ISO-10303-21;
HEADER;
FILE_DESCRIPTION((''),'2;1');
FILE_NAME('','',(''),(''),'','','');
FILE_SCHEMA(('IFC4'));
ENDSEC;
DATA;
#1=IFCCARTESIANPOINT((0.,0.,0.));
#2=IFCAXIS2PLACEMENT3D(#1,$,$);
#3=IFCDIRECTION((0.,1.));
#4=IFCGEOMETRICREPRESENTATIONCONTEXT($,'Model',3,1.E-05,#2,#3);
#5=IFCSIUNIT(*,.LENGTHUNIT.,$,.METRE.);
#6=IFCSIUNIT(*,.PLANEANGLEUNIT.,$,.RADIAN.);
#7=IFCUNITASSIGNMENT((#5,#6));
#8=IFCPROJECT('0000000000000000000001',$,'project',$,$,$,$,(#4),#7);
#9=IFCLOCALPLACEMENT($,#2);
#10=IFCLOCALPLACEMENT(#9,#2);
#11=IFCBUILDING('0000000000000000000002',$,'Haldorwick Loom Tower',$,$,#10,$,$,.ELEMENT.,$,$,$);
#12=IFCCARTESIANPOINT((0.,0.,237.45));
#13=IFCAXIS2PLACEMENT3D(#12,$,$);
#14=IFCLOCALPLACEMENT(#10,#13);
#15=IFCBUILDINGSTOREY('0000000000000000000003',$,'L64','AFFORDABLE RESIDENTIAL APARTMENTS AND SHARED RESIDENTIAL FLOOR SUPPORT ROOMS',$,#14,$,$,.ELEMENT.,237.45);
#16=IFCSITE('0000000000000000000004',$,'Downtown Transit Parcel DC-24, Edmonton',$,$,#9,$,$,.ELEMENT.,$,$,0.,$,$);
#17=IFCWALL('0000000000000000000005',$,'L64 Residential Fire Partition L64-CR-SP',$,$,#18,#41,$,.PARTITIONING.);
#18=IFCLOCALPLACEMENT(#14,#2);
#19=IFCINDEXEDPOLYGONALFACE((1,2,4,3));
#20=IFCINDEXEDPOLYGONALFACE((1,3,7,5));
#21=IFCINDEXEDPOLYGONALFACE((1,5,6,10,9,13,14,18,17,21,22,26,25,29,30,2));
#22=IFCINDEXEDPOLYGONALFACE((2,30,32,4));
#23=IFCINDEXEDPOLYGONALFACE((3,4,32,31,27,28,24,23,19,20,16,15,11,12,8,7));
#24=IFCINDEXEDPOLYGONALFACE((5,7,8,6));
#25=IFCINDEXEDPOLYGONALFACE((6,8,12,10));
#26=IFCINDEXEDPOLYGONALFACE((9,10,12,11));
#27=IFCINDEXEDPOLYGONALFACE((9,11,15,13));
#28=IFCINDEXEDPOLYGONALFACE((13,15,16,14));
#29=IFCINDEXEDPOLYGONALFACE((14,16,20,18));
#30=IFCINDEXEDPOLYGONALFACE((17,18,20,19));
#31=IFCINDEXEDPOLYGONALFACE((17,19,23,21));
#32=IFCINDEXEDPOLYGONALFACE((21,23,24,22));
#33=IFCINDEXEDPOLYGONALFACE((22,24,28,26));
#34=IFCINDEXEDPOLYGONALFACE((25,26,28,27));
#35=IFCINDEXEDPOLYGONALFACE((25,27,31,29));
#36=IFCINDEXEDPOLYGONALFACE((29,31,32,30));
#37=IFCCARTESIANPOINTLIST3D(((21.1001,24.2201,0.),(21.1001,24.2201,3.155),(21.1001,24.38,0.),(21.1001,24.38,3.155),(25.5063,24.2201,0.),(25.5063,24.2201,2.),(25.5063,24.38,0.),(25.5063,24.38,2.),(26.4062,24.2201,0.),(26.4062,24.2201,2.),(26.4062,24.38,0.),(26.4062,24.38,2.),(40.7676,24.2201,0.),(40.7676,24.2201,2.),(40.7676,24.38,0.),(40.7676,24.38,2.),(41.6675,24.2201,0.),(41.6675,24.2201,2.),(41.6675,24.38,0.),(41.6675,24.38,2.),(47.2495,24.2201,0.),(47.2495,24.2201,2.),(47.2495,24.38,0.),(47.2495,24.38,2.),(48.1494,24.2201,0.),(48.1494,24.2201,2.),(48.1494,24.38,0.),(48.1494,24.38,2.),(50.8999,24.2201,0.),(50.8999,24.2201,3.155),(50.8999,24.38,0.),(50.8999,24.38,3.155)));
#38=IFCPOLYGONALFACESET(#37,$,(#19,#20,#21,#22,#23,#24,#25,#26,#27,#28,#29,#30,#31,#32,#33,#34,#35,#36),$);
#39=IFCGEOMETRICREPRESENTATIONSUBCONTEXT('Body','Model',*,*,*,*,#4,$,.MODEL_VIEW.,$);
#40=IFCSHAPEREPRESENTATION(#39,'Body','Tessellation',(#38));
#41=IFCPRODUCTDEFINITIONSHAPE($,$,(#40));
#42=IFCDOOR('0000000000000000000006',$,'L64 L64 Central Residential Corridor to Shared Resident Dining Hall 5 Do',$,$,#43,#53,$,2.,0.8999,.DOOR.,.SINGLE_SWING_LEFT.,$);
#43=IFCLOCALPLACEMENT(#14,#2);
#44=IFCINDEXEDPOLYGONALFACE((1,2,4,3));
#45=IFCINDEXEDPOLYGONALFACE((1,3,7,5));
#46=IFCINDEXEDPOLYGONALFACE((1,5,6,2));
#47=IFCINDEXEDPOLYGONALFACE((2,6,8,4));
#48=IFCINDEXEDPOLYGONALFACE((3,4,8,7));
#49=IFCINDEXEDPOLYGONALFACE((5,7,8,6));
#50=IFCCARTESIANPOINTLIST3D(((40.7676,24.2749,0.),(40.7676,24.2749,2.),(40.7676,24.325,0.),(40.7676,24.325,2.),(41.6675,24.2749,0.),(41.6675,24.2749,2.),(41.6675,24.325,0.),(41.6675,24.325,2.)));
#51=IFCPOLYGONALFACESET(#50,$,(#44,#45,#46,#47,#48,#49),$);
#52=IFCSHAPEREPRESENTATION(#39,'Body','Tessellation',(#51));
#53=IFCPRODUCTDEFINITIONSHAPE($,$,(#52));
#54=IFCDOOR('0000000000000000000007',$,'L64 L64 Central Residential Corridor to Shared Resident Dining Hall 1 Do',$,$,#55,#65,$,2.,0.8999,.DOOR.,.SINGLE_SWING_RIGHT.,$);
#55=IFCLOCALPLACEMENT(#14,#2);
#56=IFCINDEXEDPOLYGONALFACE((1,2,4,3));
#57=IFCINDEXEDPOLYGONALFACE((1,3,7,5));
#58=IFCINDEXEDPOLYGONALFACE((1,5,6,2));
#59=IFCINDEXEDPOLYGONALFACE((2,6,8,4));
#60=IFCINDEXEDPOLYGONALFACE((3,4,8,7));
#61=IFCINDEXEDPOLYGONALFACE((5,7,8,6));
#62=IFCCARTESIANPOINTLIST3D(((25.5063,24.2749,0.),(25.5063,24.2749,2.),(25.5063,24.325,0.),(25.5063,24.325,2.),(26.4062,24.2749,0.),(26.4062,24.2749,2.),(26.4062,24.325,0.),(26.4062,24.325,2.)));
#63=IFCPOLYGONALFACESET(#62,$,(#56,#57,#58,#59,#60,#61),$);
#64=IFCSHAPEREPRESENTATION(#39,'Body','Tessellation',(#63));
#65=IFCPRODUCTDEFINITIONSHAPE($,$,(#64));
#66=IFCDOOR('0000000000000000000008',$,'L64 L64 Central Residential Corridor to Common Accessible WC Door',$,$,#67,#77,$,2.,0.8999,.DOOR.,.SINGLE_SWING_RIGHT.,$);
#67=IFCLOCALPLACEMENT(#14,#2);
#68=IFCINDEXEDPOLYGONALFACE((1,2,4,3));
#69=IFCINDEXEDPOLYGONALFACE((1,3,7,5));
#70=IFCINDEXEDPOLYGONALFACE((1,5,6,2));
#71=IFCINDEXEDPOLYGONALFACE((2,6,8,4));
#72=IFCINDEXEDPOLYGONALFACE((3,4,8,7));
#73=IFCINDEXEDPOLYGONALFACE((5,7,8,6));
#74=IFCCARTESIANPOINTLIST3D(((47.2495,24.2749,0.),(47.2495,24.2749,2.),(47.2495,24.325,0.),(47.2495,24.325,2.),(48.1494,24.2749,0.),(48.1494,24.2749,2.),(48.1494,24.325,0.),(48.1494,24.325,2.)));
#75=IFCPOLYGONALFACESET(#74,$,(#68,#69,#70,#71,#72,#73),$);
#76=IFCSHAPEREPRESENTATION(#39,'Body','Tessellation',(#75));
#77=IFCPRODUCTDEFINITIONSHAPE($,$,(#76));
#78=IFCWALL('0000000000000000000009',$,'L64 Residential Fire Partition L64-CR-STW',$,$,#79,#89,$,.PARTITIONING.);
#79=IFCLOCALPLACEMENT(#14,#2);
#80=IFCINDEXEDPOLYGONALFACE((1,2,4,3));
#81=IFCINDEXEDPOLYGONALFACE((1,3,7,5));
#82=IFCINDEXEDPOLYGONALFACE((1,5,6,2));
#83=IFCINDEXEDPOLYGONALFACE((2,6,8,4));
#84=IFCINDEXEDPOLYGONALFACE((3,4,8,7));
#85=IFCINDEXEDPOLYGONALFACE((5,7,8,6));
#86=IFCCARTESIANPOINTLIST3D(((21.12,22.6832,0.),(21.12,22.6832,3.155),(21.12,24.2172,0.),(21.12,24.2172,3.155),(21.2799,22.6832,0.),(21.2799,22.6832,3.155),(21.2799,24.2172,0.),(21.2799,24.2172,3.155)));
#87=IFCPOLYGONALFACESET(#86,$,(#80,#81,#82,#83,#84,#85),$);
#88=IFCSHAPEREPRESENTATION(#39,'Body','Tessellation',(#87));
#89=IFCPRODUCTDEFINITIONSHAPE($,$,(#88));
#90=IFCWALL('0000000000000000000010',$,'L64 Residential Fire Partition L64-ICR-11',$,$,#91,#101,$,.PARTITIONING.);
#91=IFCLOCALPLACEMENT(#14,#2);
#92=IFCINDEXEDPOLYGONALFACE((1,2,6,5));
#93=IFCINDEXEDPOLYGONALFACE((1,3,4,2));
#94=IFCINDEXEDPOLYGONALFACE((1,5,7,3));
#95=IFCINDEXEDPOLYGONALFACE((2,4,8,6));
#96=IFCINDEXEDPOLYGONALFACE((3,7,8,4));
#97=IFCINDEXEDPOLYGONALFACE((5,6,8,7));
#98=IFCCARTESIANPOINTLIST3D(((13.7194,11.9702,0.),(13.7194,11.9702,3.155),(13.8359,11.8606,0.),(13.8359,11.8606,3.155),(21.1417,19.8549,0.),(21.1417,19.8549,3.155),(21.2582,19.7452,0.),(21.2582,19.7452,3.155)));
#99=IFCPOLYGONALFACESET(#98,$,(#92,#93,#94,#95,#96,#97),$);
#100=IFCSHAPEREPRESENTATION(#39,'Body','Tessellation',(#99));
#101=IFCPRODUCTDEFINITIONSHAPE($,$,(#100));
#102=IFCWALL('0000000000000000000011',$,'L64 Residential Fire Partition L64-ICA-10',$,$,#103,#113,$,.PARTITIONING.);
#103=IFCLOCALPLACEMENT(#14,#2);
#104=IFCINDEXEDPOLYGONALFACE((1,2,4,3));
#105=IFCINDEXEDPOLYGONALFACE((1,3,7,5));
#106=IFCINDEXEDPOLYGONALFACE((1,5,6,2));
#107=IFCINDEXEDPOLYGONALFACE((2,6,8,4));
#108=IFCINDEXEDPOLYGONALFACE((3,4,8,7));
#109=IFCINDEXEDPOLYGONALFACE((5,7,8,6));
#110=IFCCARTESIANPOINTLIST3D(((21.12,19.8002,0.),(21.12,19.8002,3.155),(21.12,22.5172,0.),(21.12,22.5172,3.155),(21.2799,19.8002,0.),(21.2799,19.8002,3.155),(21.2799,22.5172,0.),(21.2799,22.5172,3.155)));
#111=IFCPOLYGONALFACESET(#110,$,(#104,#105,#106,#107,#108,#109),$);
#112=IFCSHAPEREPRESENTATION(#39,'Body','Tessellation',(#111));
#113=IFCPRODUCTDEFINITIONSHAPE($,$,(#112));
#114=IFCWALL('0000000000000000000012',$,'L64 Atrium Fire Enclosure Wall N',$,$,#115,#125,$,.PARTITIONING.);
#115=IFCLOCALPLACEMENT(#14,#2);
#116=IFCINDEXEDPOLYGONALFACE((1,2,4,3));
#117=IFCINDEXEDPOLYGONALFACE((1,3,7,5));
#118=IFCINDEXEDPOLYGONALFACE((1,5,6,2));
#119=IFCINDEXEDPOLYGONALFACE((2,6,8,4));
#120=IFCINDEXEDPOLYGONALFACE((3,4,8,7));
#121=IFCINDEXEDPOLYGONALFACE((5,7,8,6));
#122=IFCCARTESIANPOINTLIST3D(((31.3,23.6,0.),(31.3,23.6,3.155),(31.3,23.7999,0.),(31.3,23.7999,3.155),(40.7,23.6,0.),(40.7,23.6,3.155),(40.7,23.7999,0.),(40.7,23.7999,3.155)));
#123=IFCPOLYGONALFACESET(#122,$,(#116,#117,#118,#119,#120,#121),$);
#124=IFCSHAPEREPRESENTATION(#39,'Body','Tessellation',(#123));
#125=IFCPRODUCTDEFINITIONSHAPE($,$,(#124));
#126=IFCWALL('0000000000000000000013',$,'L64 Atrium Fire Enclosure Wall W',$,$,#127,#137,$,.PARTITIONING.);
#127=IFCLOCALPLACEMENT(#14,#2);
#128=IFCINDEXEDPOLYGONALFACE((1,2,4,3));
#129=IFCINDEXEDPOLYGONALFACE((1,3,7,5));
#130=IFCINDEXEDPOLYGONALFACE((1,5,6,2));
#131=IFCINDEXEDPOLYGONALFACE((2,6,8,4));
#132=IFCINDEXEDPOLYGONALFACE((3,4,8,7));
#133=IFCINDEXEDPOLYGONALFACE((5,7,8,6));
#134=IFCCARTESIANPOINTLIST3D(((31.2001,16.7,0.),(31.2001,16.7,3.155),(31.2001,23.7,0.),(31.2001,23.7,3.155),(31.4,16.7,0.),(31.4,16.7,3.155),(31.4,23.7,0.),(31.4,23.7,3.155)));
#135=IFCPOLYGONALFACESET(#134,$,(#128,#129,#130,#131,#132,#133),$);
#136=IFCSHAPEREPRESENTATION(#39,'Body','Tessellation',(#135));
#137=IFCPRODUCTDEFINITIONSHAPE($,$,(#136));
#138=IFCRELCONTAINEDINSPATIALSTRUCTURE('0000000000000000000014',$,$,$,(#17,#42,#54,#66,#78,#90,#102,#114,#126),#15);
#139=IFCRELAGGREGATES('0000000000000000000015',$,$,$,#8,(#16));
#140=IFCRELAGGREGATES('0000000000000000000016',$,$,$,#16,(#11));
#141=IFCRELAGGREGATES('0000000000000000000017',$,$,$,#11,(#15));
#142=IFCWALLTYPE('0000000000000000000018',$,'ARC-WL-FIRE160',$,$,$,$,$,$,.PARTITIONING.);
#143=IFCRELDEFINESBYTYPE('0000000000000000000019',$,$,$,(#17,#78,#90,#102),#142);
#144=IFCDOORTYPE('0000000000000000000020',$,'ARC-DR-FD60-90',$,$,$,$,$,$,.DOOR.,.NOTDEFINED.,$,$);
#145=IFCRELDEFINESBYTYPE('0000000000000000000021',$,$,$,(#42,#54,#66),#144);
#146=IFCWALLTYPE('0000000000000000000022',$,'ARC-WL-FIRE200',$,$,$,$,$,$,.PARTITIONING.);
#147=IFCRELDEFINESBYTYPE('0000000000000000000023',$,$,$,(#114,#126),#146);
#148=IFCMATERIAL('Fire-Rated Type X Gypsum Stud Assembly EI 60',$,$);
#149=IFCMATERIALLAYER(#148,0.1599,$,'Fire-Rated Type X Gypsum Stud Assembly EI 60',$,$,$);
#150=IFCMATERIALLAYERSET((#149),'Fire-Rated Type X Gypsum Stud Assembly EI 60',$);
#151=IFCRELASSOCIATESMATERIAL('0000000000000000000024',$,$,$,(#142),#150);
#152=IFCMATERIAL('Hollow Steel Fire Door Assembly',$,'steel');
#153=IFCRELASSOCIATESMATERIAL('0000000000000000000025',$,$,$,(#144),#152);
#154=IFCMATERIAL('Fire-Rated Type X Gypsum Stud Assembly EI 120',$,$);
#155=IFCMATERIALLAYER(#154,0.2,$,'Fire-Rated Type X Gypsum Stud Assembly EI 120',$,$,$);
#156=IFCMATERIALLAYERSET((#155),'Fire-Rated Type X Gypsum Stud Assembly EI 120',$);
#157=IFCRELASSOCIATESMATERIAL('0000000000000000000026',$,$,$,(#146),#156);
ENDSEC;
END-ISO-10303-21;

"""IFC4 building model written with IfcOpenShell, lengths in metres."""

from ifc_helpers import new_model, si_unit, direction, frame, frame_2d, origin, place, context, subcontext, project, spatial, rectangle, extrude, material, layer, layer_set, type_object, element, fill, save


model = new_model("IFC4")

# Units and contexts
model_context = context("Model", 3, precision=1e-05, world=origin(), true_north=direction((0.0, 1.0)))
body_context = subcontext(model_context, "Body", "Model", "MODEL_VIEW")
ifc_project = project(units=[si_unit("LENGTHUNIT", "METRE"), si_unit("PLANEANGLEUNIT", "RADIAN")], contexts=[model_context])

# Site, building, storey
site_placement = place(None, origin())
site = spatial("IfcSite", under=ifc_project, at=site_placement, Name="Downtown Transit Parcel DC-24, Edmonton", CompositionType="ELEMENT", RefElevation=0.0)
building_placement = place(site_placement, origin())
building = spatial("IfcBuilding", under=site, at=building_placement, Name="Haldorwick Loom Tower", CompositionType="ELEMENT")
storey_placement = place(building_placement, frame((0.0, 0.0, 237.45)))
storey = spatial("IfcBuildingStorey", under=building, at=storey_placement, Name="L64", Description="AFFORDABLE RESIDENTIAL APARTMENTS AND SHARED RESIDENTIAL FLOOR SUPPORT ROOMS", CompositionType="ELEMENT", Elevation=237.45)

# Wall, openings, doors
ifc_material_1 = material(Name="Fire-Rated Type X Gypsum Stud Assembly EI 60")
ifc_layer_1 = layer(ifc_material_1, 0.1599, Name="Fire-Rated Type X Gypsum Stud Assembly EI 60")
ifc_layer_set_1 = layer_set([ifc_layer_1], Name="Fire-Rated Type X Gypsum Stud Assembly EI 60")
wall_type_1 = type_object("IfcWallType", Name="ARC-WL-FIRE160", PredefinedType="PARTITIONING", material=ifc_layer_set_1)
wall_1_placement = place(storey_placement, frame((21.1001, 24.3, 0.0), z_axis=(0.0, 0.0, 1.0), x_axis=(1.0, 0.0, 0.0)))
wall_1 = element("IfcWall", 1, at=wall_1_placement, inside=storey, type_object=wall_type_1, Name="L64 Residential Fire Partition L64-CR-SP", PredefinedType="PARTITIONING", context=body_context, shape_type="SweptSolid", body=[
    extrude(rectangle(XDim=29.7998, YDim=0.1599, at=frame_2d((14.8999, 0.0))), origin(), (0.0, 0.0, 1.0), 3.155),
])
opening_1_placement = place(wall_1_placement, frame((19.6675, 0.0, 0.0)))
opening_1 = element("IfcOpeningElement", 2, at=opening_1_placement, cuts=wall_1, PredefinedType="OPENING", context=body_context, shape_type="SweptSolid", body=[
    extrude(rectangle(XDim=0.8999, YDim=2.0, at=frame_2d((0.45, 1.0))), frame((0.0, 0.0898, 0.0), z_axis=(0.0, -1.0, 0.0), x_axis=(1.0, 0.0, 0.0)), (0.0, 0.0, 1.0), 0.1799),
])
opening_2_placement = place(wall_1_placement, frame((4.4062, 0.0, 0.0)))
opening_2 = element("IfcOpeningElement", 3, at=opening_2_placement, cuts=wall_1, PredefinedType="OPENING", context=body_context, shape_type="SweptSolid", body=[
    extrude(rectangle(XDim=0.8999, YDim=2.0, at=frame_2d((0.45, 1.0))), frame((0.0, 0.0898, 0.0), z_axis=(0.0, -1.0, 0.0), x_axis=(1.0, 0.0, 0.0)), (0.0, 0.0, 1.0), 0.1799),
])
opening_3_placement = place(wall_1_placement, frame((26.1494, 0.0, 0.0)))
opening_3 = element("IfcOpeningElement", 4, at=opening_3_placement, cuts=wall_1, PredefinedType="OPENING", context=body_context, shape_type="SweptSolid", body=[
    extrude(rectangle(XDim=0.8999, YDim=2.0, at=frame_2d((0.45, 1.0))), frame((0.0, 0.0898, 0.0), z_axis=(0.0, -1.0, 0.0), x_axis=(1.0, 0.0, 0.0)), (0.0, 0.0, 1.0), 0.1799),
])
ifc_material_2 = material(Name="Hollow Steel Fire Door Assembly", Category="steel")
door_type_1 = type_object("IfcDoorType", Name="ARC-DR-FD60-90", OperationType="NOTDEFINED", PredefinedType="DOOR", material=ifc_material_2)
door_1_placement = place(opening_1_placement, origin())
door_1 = element("IfcDoor", 5, at=door_1_placement, inside=storey, type_object=door_type_1, Name="L64 L64 Central Residential Corridor to Shared Resident Dining Hall 5 Do", OperationType="SINGLE_SWING_LEFT", OverallHeight=2.0, OverallWidth=0.8999, PredefinedType="DOOR", context=body_context, shape_type="SweptSolid", body=[
    extrude(rectangle(XDim=0.8999, YDim=2.0, at=frame_2d((0.45, 1.0))), frame((0.0, 0.0249, 0.0), z_axis=(0.0, -1.0, 0.0), x_axis=(1.0, 0.0, 0.0)), (0.0, 0.0, 1.0), 0.05),
])
fill(opening_1, door_1)
door_2_placement = place(opening_2_placement, origin())
door_2 = element("IfcDoor", 6, at=door_2_placement, inside=storey, type_object=door_type_1, Name="L64 L64 Central Residential Corridor to Shared Resident Dining Hall 1 Do", OperationType="SINGLE_SWING_RIGHT", OverallHeight=2.0, OverallWidth=0.8999, PredefinedType="DOOR", context=body_context, shape_type="SweptSolid", body=[
    extrude(rectangle(XDim=0.8999, YDim=2.0, at=frame_2d((0.45, 1.0))), frame((0.0, 0.0249, 0.0), z_axis=(0.0, -1.0, 0.0), x_axis=(1.0, 0.0, 0.0)), (0.0, 0.0, 1.0), 0.05),
])
fill(opening_2, door_2)
door_3_placement = place(opening_3_placement, origin())
door_3 = element("IfcDoor", 7, at=door_3_placement, inside=storey, type_object=door_type_1, Name="L64 L64 Central Residential Corridor to Common Accessible WC Door", OperationType="SINGLE_SWING_RIGHT", OverallHeight=2.0, OverallWidth=0.8999, PredefinedType="DOOR", context=body_context, shape_type="SweptSolid", body=[
    extrude(rectangle(XDim=0.8999, YDim=2.0, at=frame_2d((0.45, 1.0))), frame((0.0, 0.0249, 0.0), z_axis=(0.0, -1.0, 0.0), x_axis=(1.0, 0.0, 0.0)), (0.0, 0.0, 1.0), 0.05),
])
fill(opening_3, door_3)

# Walls
wall_2_placement = place(storey_placement, frame((21.2, 22.6831, 0.0), z_axis=(0.0, 0.0, 1.0), x_axis=(0.0, 1.0, 0.0)))
element("IfcWall", 8, at=wall_2_placement, inside=storey, type_object=wall_type_1, Name="L64 Residential Fire Partition L64-CR-STW", PredefinedType="PARTITIONING", context=body_context, shape_type="SweptSolid", body=[
    extrude(rectangle(XDim=1.5339, YDim=0.1599, at=frame_2d((0.7671, 0.0))), origin(), (0.0, 0.0, 1.0), 3.155),
])
wall_3_placement = place(storey_placement, frame((21.2, 19.8, 0.0), z_axis=(0.0, 0.0, 1.0), x_axis=(-0.685434, -0.728135, 0.0)))
element("IfcWall", 9, at=wall_3_placement, inside=storey, type_object=wall_type_1, Name="L64 Residential Fire Partition L64-ICR-11", PredefinedType="PARTITIONING", context=body_context, shape_type="SweptSolid", body=[
    extrude(rectangle(XDim=10.8286, YDim=0.1599, at=frame_2d((5.4143, 0.0))), origin(), (0.0, 0.0, 1.0), 3.155),
])
wall_4_placement = place(storey_placement, frame((21.2, 22.5171, 0.0), z_axis=(0.0, 0.0, 1.0), x_axis=(0.0, -1.0, 0.0)))
element("IfcWall", 10, at=wall_4_placement, inside=storey, type_object=wall_type_1, Name="L64 Residential Fire Partition L64-ICA-10", PredefinedType="PARTITIONING", context=body_context, shape_type="SweptSolid", body=[
    extrude(rectangle(XDim=2.717, YDim=0.1599, at=frame_2d((1.3584, 0.0))), origin(), (0.0, 0.0, 1.0), 3.155),
])
ifc_material_3 = material(Name="Fire-Rated Type X Gypsum Stud Assembly EI 120")
ifc_layer_2 = layer(ifc_material_3, 0.2, Name="Fire-Rated Type X Gypsum Stud Assembly EI 120")
ifc_layer_set_2 = layer_set([ifc_layer_2], Name="Fire-Rated Type X Gypsum Stud Assembly EI 120")
wall_type_2 = type_object("IfcWallType", Name="ARC-WL-FIRE200", PredefinedType="PARTITIONING", material=ifc_layer_set_2)
wall_5_placement = place(storey_placement, frame((31.3, 23.7, 0.0), z_axis=(0.0, 0.0, 1.0), x_axis=(1.0, 0.0, 0.0)))
element("IfcWall", 11, at=wall_5_placement, inside=storey, type_object=wall_type_2, Name="L64 Atrium Fire Enclosure Wall N", PredefinedType="PARTITIONING", context=body_context, shape_type="SweptSolid", body=[
    extrude(rectangle(XDim=9.3999, YDim=0.2, at=frame_2d((4.7, 0.0))), origin(), (0.0, 0.0, 1.0), 3.155),
])
wall_6_placement = place(storey_placement, frame((31.3, 16.7, 0.0), z_axis=(0.0, 0.0, 1.0), x_axis=(0.0, 1.0, 0.0)))
element("IfcWall", 12, at=wall_6_placement, inside=storey, type_object=wall_type_2, Name="L64 Atrium Fire Enclosure Wall W", PredefinedType="PARTITIONING", context=body_context, shape_type="SweptSolid", body=[
    extrude(rectangle(XDim=7.0, YDim=0.2, at=frame_2d((3.5, 0.0))), origin(), (0.0, 0.0, 1.0), 3.155),
])

save(model, "model.ifc")
